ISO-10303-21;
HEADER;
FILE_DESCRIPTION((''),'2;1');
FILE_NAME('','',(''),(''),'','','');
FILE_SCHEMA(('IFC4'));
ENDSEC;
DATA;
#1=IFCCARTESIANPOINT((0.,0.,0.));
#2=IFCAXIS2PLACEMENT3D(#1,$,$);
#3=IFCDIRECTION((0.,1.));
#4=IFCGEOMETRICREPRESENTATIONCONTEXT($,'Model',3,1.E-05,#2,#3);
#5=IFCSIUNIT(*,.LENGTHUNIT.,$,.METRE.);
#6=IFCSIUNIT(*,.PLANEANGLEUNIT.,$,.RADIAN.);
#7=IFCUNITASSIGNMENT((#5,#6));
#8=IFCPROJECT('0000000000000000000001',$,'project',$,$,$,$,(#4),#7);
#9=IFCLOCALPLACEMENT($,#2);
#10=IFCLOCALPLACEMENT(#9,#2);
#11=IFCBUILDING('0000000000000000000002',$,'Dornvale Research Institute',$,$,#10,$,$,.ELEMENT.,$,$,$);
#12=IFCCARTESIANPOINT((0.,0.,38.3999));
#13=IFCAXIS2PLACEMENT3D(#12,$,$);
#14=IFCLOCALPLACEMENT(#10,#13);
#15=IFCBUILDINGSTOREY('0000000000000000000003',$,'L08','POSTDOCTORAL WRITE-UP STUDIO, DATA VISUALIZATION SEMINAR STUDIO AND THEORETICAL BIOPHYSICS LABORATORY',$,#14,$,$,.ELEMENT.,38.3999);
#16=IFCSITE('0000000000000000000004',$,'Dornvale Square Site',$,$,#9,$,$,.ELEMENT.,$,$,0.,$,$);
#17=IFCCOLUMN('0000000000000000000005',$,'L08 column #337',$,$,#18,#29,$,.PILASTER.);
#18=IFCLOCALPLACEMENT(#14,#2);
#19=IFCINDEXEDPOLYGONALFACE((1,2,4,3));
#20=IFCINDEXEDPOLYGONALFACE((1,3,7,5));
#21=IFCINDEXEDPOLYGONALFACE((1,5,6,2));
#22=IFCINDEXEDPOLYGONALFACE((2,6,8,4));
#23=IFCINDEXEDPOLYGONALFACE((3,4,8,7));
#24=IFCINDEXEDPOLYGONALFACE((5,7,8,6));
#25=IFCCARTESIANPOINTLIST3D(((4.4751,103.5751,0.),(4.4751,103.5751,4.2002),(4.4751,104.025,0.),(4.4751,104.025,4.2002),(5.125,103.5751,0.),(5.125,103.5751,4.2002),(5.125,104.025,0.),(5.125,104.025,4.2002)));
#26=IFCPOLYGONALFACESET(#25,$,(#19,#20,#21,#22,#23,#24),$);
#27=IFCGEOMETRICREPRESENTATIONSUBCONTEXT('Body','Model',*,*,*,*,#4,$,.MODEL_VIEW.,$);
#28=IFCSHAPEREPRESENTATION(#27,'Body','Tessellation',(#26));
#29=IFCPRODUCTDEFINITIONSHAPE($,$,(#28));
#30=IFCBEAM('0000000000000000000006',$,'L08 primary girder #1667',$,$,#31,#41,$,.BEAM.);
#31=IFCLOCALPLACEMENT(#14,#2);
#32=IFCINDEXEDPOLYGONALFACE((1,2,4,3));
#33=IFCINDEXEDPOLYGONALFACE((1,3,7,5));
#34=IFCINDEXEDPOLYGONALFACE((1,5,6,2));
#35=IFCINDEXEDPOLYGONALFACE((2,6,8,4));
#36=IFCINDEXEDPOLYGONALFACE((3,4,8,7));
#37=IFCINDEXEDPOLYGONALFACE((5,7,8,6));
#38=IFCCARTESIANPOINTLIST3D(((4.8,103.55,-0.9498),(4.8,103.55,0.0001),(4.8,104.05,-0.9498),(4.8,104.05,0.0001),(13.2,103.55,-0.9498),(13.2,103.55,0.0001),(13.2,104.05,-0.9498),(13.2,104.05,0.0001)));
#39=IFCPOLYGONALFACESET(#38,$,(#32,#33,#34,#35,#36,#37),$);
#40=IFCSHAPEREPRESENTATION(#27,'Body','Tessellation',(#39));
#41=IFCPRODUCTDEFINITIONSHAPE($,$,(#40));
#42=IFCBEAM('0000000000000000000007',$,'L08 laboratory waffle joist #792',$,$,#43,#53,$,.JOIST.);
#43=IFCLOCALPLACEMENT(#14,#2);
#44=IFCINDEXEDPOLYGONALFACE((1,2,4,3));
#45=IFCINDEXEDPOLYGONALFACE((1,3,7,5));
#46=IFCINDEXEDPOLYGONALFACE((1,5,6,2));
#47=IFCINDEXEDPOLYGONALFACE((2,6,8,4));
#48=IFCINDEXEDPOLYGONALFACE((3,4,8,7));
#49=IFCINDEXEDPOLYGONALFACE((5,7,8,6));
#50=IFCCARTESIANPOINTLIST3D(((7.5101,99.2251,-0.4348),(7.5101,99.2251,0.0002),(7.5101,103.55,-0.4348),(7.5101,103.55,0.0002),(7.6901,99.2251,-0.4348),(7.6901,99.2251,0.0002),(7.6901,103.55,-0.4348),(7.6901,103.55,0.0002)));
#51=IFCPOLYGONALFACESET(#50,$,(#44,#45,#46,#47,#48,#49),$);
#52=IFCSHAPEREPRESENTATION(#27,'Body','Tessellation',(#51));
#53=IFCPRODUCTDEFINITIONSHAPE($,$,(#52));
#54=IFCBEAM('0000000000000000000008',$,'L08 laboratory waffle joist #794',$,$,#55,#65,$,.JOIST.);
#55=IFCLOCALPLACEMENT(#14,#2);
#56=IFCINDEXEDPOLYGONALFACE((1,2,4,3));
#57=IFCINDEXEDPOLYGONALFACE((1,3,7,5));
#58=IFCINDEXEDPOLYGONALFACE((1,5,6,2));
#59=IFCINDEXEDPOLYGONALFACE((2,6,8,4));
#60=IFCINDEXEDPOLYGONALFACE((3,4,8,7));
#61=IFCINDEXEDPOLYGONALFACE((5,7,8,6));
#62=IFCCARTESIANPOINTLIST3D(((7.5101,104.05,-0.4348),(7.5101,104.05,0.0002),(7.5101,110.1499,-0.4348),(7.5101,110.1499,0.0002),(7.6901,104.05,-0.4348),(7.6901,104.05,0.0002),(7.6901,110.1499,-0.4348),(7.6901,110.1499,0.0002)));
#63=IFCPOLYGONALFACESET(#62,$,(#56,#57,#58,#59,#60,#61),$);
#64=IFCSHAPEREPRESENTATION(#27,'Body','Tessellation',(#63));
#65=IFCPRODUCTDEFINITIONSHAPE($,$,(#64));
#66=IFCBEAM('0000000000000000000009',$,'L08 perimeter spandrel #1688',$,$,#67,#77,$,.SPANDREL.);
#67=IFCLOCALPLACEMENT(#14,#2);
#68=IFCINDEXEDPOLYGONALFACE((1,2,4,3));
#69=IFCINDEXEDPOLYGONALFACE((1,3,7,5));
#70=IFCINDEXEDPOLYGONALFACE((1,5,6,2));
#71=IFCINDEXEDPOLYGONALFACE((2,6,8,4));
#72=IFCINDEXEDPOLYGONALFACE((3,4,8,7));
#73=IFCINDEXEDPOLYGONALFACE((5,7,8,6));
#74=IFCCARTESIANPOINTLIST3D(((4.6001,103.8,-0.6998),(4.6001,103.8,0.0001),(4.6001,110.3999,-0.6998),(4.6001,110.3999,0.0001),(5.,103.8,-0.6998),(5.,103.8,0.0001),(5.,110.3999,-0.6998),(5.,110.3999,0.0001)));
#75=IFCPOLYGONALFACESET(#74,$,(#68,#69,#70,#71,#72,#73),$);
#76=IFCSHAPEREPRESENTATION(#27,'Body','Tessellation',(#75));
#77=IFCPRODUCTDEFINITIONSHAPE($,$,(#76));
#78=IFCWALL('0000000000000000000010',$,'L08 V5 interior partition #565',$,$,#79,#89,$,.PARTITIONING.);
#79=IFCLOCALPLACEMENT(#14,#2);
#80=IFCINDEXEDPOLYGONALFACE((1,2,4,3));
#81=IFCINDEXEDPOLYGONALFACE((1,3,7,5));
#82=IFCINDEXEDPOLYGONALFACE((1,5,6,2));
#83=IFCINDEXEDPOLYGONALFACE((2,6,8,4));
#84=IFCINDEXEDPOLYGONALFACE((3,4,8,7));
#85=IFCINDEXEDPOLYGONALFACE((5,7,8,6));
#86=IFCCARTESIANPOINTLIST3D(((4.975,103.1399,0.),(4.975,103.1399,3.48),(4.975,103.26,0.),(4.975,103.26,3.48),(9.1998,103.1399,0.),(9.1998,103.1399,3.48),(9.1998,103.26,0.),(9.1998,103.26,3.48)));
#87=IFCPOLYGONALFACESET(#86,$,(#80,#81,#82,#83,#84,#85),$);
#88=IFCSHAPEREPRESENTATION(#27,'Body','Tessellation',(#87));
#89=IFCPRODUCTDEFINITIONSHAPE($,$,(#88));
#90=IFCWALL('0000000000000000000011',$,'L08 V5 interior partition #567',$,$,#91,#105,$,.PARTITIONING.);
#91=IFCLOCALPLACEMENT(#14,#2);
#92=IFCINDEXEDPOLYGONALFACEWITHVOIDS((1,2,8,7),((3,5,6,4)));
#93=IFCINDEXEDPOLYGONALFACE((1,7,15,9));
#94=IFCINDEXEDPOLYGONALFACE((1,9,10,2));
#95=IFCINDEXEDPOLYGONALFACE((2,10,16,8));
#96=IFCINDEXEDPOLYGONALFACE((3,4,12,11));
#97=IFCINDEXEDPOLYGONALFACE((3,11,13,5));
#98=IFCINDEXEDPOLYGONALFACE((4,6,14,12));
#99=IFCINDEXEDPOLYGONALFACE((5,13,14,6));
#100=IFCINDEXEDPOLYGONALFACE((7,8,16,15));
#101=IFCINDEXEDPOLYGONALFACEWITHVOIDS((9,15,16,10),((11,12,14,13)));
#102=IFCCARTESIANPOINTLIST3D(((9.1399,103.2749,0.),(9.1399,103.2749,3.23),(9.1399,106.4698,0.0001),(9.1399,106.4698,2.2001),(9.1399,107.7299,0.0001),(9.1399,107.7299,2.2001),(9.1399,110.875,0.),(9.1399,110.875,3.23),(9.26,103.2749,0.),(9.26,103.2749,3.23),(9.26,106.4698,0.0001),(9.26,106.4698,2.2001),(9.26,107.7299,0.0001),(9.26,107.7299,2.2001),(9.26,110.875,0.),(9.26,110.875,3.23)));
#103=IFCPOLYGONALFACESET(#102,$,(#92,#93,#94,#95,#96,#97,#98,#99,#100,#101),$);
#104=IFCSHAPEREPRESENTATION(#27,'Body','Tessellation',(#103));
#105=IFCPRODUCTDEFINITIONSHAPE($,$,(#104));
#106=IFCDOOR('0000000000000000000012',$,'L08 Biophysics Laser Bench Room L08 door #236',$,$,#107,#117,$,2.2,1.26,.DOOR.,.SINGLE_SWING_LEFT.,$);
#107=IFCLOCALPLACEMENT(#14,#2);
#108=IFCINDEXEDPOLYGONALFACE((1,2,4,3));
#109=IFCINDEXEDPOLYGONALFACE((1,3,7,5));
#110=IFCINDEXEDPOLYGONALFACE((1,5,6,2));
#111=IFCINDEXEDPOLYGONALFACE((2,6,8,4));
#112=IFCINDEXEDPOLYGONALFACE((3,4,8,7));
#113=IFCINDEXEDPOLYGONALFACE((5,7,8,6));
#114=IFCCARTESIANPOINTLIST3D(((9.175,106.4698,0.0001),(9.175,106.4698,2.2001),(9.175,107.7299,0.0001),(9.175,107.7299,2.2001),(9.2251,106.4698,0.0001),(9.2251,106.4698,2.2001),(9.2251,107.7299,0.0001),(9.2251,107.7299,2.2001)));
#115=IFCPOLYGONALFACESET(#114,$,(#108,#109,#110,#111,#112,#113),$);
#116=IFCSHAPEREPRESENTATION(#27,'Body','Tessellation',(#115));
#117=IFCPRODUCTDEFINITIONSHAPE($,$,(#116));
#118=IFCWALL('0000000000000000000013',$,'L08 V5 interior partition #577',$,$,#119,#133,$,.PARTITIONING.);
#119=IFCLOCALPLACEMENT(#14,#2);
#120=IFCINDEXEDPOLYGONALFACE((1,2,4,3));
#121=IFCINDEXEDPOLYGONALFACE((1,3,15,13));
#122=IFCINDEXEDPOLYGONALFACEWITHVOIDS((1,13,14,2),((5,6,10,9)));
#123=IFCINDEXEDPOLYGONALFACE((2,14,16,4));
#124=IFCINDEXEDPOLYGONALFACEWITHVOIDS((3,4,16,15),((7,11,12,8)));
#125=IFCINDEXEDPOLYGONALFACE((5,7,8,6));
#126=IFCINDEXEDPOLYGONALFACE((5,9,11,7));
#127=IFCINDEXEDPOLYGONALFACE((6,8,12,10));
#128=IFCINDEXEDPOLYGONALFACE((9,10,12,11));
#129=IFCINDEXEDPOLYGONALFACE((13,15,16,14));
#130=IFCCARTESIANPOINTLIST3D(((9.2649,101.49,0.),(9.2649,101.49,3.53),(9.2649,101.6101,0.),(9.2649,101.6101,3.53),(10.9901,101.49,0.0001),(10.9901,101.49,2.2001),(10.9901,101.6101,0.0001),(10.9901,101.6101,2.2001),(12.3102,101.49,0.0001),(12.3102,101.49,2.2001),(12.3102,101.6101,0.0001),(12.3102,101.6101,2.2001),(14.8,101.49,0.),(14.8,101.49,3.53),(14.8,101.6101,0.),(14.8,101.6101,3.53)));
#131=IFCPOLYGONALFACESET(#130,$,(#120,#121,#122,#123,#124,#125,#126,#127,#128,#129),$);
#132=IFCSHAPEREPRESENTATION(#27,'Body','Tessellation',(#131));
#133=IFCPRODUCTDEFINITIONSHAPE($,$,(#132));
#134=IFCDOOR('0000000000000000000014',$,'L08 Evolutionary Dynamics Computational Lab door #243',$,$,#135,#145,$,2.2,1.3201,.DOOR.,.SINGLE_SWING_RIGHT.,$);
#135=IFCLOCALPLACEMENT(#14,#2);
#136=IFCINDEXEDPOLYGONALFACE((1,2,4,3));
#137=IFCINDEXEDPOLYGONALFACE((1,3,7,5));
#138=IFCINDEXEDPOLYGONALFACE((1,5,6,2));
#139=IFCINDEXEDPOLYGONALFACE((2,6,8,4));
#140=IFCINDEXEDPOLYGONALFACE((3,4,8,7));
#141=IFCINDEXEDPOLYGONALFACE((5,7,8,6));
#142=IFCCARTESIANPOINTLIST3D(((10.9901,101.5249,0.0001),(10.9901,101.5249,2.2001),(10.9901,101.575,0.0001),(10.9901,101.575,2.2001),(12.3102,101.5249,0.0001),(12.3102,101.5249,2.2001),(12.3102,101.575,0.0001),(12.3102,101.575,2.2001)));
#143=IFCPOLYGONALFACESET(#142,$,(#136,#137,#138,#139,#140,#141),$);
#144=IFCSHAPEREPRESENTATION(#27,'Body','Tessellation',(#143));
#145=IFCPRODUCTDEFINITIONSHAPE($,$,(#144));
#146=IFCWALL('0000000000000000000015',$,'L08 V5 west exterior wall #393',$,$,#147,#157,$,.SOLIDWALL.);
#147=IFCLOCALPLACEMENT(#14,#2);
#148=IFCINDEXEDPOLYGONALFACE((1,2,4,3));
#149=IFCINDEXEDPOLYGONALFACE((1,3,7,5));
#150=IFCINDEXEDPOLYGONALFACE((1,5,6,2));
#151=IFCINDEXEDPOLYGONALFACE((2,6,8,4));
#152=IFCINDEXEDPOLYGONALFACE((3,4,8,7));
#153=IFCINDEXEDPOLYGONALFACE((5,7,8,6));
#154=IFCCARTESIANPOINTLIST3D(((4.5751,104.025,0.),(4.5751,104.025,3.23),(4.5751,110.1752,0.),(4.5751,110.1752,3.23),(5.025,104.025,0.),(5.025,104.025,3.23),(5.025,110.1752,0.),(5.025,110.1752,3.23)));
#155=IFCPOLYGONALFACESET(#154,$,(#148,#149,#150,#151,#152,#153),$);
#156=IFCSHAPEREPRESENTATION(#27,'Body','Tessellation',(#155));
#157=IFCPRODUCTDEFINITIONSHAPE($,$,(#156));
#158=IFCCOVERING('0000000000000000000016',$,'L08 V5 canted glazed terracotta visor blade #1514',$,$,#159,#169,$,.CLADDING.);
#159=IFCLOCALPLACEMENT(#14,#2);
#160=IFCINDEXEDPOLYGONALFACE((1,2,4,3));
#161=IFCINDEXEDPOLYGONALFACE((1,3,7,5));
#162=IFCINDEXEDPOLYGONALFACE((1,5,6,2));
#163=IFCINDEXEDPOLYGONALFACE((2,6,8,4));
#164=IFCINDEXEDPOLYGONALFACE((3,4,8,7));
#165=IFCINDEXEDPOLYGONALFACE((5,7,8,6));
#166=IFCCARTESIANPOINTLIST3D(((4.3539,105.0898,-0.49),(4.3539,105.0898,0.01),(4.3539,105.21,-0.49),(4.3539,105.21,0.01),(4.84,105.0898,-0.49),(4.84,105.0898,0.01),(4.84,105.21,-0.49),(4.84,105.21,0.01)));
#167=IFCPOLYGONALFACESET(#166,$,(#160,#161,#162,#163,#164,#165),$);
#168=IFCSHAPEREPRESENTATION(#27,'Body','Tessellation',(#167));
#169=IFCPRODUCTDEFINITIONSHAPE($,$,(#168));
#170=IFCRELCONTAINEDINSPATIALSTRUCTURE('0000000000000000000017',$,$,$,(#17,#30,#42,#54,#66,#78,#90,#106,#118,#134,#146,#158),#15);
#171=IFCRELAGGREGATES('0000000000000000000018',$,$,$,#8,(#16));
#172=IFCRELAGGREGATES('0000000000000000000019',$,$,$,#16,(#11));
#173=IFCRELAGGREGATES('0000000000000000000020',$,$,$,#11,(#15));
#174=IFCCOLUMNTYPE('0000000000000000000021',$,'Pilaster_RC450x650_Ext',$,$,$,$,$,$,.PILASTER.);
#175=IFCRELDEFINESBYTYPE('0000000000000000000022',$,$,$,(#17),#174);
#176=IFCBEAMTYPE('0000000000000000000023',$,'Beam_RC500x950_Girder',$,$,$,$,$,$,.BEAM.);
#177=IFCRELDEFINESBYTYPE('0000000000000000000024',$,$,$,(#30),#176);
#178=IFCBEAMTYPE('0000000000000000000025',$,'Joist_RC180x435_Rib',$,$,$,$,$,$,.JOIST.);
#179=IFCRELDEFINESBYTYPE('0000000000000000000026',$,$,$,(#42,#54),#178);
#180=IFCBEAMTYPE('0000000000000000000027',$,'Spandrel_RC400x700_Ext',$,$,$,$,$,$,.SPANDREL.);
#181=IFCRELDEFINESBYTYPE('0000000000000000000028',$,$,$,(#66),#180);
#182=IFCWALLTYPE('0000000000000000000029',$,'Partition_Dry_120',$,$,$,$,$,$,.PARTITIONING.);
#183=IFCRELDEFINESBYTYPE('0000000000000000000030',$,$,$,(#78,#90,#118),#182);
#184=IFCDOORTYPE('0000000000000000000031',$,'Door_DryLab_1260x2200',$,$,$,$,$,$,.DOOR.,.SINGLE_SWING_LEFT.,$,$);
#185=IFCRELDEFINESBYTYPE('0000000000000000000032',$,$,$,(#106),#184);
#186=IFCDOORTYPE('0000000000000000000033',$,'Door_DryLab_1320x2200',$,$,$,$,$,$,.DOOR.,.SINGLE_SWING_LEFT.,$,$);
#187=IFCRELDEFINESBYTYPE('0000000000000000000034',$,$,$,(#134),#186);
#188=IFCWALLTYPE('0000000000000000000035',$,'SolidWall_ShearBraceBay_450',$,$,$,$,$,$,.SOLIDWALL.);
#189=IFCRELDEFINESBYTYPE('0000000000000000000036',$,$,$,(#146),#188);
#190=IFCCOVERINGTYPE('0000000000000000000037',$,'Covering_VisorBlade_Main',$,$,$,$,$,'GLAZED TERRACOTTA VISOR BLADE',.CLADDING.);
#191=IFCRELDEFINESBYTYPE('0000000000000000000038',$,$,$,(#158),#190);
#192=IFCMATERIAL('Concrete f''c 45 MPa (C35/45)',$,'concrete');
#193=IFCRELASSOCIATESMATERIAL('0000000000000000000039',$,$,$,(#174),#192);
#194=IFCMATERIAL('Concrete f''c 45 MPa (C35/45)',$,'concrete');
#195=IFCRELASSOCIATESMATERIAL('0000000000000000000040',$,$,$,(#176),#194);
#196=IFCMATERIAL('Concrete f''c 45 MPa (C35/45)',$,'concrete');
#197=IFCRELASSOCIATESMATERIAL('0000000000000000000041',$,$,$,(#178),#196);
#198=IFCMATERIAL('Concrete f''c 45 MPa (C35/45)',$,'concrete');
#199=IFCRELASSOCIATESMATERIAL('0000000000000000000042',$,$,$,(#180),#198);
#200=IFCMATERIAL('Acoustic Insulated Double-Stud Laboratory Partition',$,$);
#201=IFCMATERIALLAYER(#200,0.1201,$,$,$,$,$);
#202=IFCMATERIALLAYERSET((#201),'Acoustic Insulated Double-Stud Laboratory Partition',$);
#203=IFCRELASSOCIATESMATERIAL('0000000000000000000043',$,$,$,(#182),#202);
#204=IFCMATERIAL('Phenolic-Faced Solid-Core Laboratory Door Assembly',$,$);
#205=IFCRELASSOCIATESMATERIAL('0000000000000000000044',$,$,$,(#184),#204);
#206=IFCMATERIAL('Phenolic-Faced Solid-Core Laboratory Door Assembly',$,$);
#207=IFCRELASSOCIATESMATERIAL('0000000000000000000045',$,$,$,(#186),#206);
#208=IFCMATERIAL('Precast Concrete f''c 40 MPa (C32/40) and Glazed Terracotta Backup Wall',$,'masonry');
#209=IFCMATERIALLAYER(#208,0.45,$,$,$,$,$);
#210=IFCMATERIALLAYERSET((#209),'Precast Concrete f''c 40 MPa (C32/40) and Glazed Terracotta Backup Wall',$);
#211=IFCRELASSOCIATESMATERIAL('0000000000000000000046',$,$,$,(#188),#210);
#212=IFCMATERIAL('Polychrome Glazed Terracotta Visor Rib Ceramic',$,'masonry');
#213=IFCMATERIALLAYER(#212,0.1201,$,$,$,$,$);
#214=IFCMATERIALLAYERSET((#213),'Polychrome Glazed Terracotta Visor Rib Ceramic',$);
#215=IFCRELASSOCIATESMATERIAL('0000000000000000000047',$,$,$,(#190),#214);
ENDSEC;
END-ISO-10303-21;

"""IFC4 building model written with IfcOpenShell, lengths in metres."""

from ifc_helpers import new_model, si_unit, direction, frame, frame_2d, origin, origin_2d, place, context, subcontext, project, spatial, rectangle, extrude, material, layer, layer_set, material_profile, profile_set, type_object, element, fill, save


model = new_model("IFC4")

# Units and contexts
model_context = context("Model", 3, precision=1e-05, world=origin(), true_north=direction((0.0, 1.0)))
body_context = subcontext(model_context, "Body", "Model", "MODEL_VIEW")
ifc_project = project(units=[si_unit("LENGTHUNIT", "METRE"), si_unit("PLANEANGLEUNIT", "RADIAN")], contexts=[model_context])

# Site, building, storey
site_placement = place(None, origin())
site = spatial("IfcSite", under=ifc_project, at=site_placement, Name="Dornvale Square Site", CompositionType="ELEMENT", RefElevation=0.0)
building_placement = place(site_placement, origin())
building = spatial("IfcBuilding", under=site, at=building_placement, Name="Dornvale Research Institute", CompositionType="ELEMENT")
storey_placement = place(building_placement, frame((0.0, 0.0, 38.3999)))
storey = spatial("IfcBuildingStorey", under=building, at=storey_placement, Name="L08", Description="POSTDOCTORAL WRITE-UP STUDIO, DATA VISUALIZATION SEMINAR STUDIO AND THEORETICAL BIOPHYSICS LABORATORY", CompositionType="ELEMENT", Elevation=38.3999)

# Column
ifc_material_1 = material(Name="Concrete f'c 45 MPa (C35/45)", Category="concrete")
ifc_material_profile_1 = material_profile(ifc_material_1, rectangle(XDim=0.45, YDim=0.6499, at=origin_2d()), Name="RC 450x650")
ifc_profile_set_1 = profile_set([ifc_material_profile_1], Name="Concrete f'c 45 MPa (C35/45)")
column_type = type_object("IfcColumnType", Name="Pilaster_RC450x650_Ext", PredefinedType="PILASTER", material=ifc_profile_set_1)
column_placement = place(storey_placement, frame((4.8, 103.8, 0.0), z_axis=(0.0, 0.0, 1.0), x_axis=(0.0, 1.0, 0.0)))
element("IfcColumn", 1, at=column_placement, inside=storey, type_object=column_type, Name="L08 column #337", PredefinedType="PILASTER", context=body_context, shape_type="SweptSolid", body=[
    extrude(rectangle(XDim=0.45, YDim=0.6499, at=origin_2d()), origin(), (0.0, 0.0, 1.0), 4.2002),
])

# Beams
ifc_material_2 = material(Name="Concrete f'c 45 MPa (C35/45)", Category="concrete")
ifc_material_profile_2 = material_profile(ifc_material_2, rectangle(XDim=0.5, YDim=0.95, at=origin_2d()), Name="RC 500x950")
ifc_profile_set_2 = profile_set([ifc_material_profile_2], Name="Concrete f'c 45 MPa (C35/45)")
beam_type_1 = type_object("IfcBeamType", Name="Beam_RC500x950_Girder", PredefinedType="BEAM", material=ifc_profile_set_2)
beam_1_placement = place(storey_placement, frame((4.8, 103.8, -0.4749), z_axis=(1.0, 0.0, 0.0), x_axis=(0.0, 1.0, 0.0)))
element("IfcBeam", 2, at=beam_1_placement, inside=storey, type_object=beam_type_1, Name="L08 primary girder #1667", PredefinedType="BEAM", context=body_context, shape_type="SweptSolid", body=[
    extrude(rectangle(XDim=0.5, YDim=0.95, at=origin_2d()), origin(), (0.0, 0.0, 1.0), 8.3999),
])
ifc_material_3 = material(Name="Concrete f'c 45 MPa (C35/45)", Category="concrete")
ifc_material_profile_3 = material_profile(ifc_material_3, rectangle(XDim=0.1799, YDim=0.4351, at=origin_2d()), Name="RC 180x435")
ifc_profile_set_3 = profile_set([ifc_material_profile_3], Name="Concrete f'c 45 MPa (C35/45)")
beam_type_2 = type_object("IfcBeamType", Name="Joist_RC180x435_Rib", PredefinedType="JOIST", material=ifc_profile_set_3)
beam_2_placement = place(storey_placement, frame((7.6001, 99.2251, -0.2173), z_axis=(0.0, 1.0, 0.0), x_axis=(-1.0, 0.0, 0.0)))
element("IfcBeam", 3, at=beam_2_placement, inside=storey, type_object=beam_type_2, Name="L08 laboratory waffle joist #792", PredefinedType="JOIST", context=body_context, shape_type="SweptSolid", body=[
    extrude(rectangle(XDim=0.1799, YDim=0.4351, at=origin_2d()), origin(), (0.0, 0.0, 1.0), 4.325),
])
beam_3_placement = place(storey_placement, frame((7.6001, 104.05, -0.2173), z_axis=(0.0, 1.0, 0.0), x_axis=(-1.0, 0.0, 0.0)))
element("IfcBeam", 4, at=beam_3_placement, inside=storey, type_object=beam_type_2, Name="L08 laboratory waffle joist #794", PredefinedType="JOIST", context=body_context, shape_type="SweptSolid", body=[
    extrude(rectangle(XDim=0.1799, YDim=0.4351, at=origin_2d()), origin(), (0.0, 0.0, 1.0), 6.0999),
])
ifc_material_4 = material(Name="Concrete f'c 45 MPa (C35/45)", Category="concrete")
ifc_material_profile_4 = material_profile(ifc_material_4, rectangle(XDim=0.3999, YDim=0.7, at=origin_2d()), Name="RC 400x700")
ifc_profile_set_4 = profile_set([ifc_material_profile_4], Name="Concrete f'c 45 MPa (C35/45)")
beam_type_3 = type_object("IfcBeamType", Name="Spandrel_RC400x700_Ext", PredefinedType="SPANDREL", material=ifc_profile_set_4)
beam_4_placement = place(storey_placement, frame((4.8, 103.8, -0.3499), z_axis=(0.0, 1.0, 0.0), x_axis=(-1.0, 0.0, 0.0)))
element("IfcBeam", 5, at=beam_4_placement, inside=storey, type_object=beam_type_3, Name="L08 perimeter spandrel #1688", PredefinedType="SPANDREL", context=body_context, shape_type="SweptSolid", body=[
    extrude(rectangle(XDim=0.3999, YDim=0.7, at=origin_2d()), origin(), (0.0, 0.0, 1.0), 6.5999),
])

# Wall
ifc_material_5 = material(Name="Acoustic Insulated Double-Stud Laboratory Partition")
ifc_layer_1 = layer(ifc_material_5, 0.1201)
ifc_layer_set_1 = layer_set([ifc_layer_1], Name="Acoustic Insulated Double-Stud Laboratory Partition")
wall_type_1 = type_object("IfcWallType", Name="Partition_Dry_120", PredefinedType="PARTITIONING", material=ifc_layer_set_1)
wall_1_placement = place(storey_placement, frame((4.9751, 103.2, 0.0), z_axis=(0.0, 0.0, 1.0), x_axis=(1.0, 0.0, 0.0)))
element("IfcWall", 6, at=wall_1_placement, inside=storey, type_object=wall_type_1, Name="L08 V5 interior partition #565", PredefinedType="PARTITIONING", context=body_context, shape_type="SweptSolid", body=[
    extrude(rectangle(XDim=4.2249, YDim=0.1201, at=frame_2d((2.1123, 0.0))), origin(), (0.0, 0.0, 1.0), 3.48),
])

# Walls, openings, doors
wall_2_placement = place(storey_placement, frame((9.2, 103.2749, 0.0), z_axis=(0.0, 0.0, 1.0), x_axis=(0.0, 1.0, 0.0)))
wall_2 = element("IfcWall", 7, at=wall_2_placement, inside=storey, type_object=wall_type_1, Name="L08 V5 interior partition #567", PredefinedType="PARTITIONING", context=body_context, shape_type="SweptSolid", body=[
    extrude(rectangle(XDim=7.6001, YDim=0.1201, at=frame_2d((3.8, 0.0))), origin(), (0.0, 0.0, 1.0), 3.23),
])
opening_1_placement = place(wall_2_placement, frame((3.1951, 0.0, 0.0)))
opening_1 = element("IfcOpeningElement", 8, at=opening_1_placement, cuts=wall_2, PredefinedType="OPENING", context=body_context, shape_type="SweptSolid", body=[
    extrude(rectangle(XDim=1.26, YDim=2.2, at=frame_2d((0.6299, 1.1001))), frame((0.0, 0.075, 0.0), z_axis=(0.0, -1.0, 0.0), x_axis=(1.0, 0.0, 0.0)), (0.0, 0.0, 1.0), 0.1501),
])
ifc_material_6 = material(Name="Phenolic-Faced Solid-Core Laboratory Door Assembly")
door_type_1 = type_object("IfcDoorType", Name="Door_DryLab_1260x2200", OperationType="SINGLE_SWING_LEFT", PredefinedType="DOOR", material=ifc_material_6)
door_1_placement = place(opening_1_placement, origin())
door_1 = element("IfcDoor", 9, at=door_1_placement, inside=storey, type_object=door_type_1, Name="L08 Biophysics Laser Bench Room L08 door #236", OperationType="SINGLE_SWING_LEFT", OverallHeight=2.2, OverallWidth=1.26, PredefinedType="DOOR", context=body_context, shape_type="SweptSolid", body=[
    extrude(rectangle(XDim=1.26, YDim=2.2, at=frame_2d((0.6299, 1.1001))), frame((0.0, 0.0249, 0.0), z_axis=(0.0, -1.0, 0.0), x_axis=(1.0, 0.0, 0.0)), (0.0, 0.0, 1.0), 0.05),
])
fill(opening_1, door_1)
wall_3_placement = place(storey_placement, frame((9.2649, 101.55, 0.0), z_axis=(0.0, 0.0, 1.0), x_axis=(1.0, 0.0, 0.0)))
wall_3 = element("IfcWall", 10, at=wall_3_placement, inside=storey, type_object=wall_type_1, Name="L08 V5 interior partition #577", PredefinedType="PARTITIONING", context=body_context, shape_type="SweptSolid", body=[
    extrude(rectangle(XDim=5.5352, YDim=0.1201, at=frame_2d((2.7676, 0.0))), origin(), (0.0, 0.0, 1.0), 3.53),
])
opening_2_placement = place(wall_3_placement, frame((1.7251, 0.0, 0.0)))
opening_2 = element("IfcOpeningElement", 11, at=opening_2_placement, cuts=wall_3, PredefinedType="OPENING", context=body_context, shape_type="SweptSolid", body=[
    extrude(rectangle(XDim=1.3201, YDim=2.2, at=frame_2d((0.6602, 1.1001))), frame((0.0, 0.075, 0.0), z_axis=(0.0, -1.0, 0.0), x_axis=(1.0, 0.0, 0.0)), (0.0, 0.0, 1.0), 0.1501),
])
ifc_material_7 = material(Name="Phenolic-Faced Solid-Core Laboratory Door Assembly")
door_type_2 = type_object("IfcDoorType", Name="Door_DryLab_1320x2200", OperationType="SINGLE_SWING_LEFT", PredefinedType="DOOR", material=ifc_material_7)
door_2_placement = place(opening_2_placement, origin())
door_2 = element("IfcDoor", 12, at=door_2_placement, inside=storey, type_object=door_type_2, Name="L08 Evolutionary Dynamics Computational Lab door #243", OperationType="SINGLE_SWING_RIGHT", OverallHeight=2.2, OverallWidth=1.3201, PredefinedType="DOOR", context=body_context, shape_type="SweptSolid", body=[
    extrude(rectangle(XDim=1.3201, YDim=2.2, at=frame_2d((0.6602, 1.1001))), frame((0.0, 0.0249, 0.0), z_axis=(0.0, -1.0, 0.0), x_axis=(1.0, 0.0, 0.0)), (0.0, 0.0, 1.0), 0.05),
])
fill(opening_2, door_2)

# Wall
ifc_material_8 = material(Name="Precast Concrete f'c 40 MPa (C32/40) and Glazed Terracotta Backup Wall", Category="masonry")
ifc_layer_2 = layer(ifc_material_8, 0.45)
ifc_layer_set_2 = layer_set([ifc_layer_2], Name="Precast Concrete f'c 40 MPa (C32/40) and Glazed Terracotta Backup Wall")
wall_type_2 = type_object("IfcWallType", Name="SolidWall_ShearBraceBay_450", PredefinedType="SOLIDWALL", material=ifc_layer_set_2)
wall_4_placement = place(storey_placement, frame((4.8, 104.0249, 0.0), z_axis=(0.0, 0.0, 1.0), x_axis=(0.0, 1.0, 0.0)))
element("IfcWall", 13, at=wall_4_placement, inside=storey, type_object=wall_type_2, Name="L08 V5 west exterior wall #393", PredefinedType="SOLIDWALL", context=body_context, shape_type="SweptSolid", body=[
    extrude(rectangle(XDim=6.1501, YDim=0.45, at=frame_2d((3.0752, 0.0))), origin(), (0.0, 0.0, 1.0), 3.23),
])

# Covering
ifc_material_9 = material(Name="Polychrome Glazed Terracotta Visor Rib Ceramic", Category="masonry")
ifc_layer_3 = layer(ifc_material_9, 0.1201)
ifc_layer_set_3 = layer_set([ifc_layer_3], Name="Polychrome Glazed Terracotta Visor Rib Ceramic")
covering_type = type_object("IfcCoveringType", Name="Covering_VisorBlade_Main", ElementType="GLAZED TERRACOTTA VISOR BLADE", PredefinedType="CLADDING", material=ifc_layer_set_3)
covering_1_placement = place(storey_placement, frame((4.5969, 105.1499, -0.49), z_axis=(0.0, 0.0, 1.0), x_axis=(1.0, 0.0, 0.0)))
element("IfcCovering", 14, at=covering_1_placement, inside=storey, type_object=covering_type, Name="L08 V5 canted glazed terracotta visor blade #1514", PredefinedType="CLADDING", context=body_context, shape_type="SweptSolid", body=[
    extrude(rectangle(XDim=0.4861, YDim=0.1201, at=origin_2d()), origin(), (0.0, 0.0, 1.0), 0.5),
])

save(model, "model.ifc")
